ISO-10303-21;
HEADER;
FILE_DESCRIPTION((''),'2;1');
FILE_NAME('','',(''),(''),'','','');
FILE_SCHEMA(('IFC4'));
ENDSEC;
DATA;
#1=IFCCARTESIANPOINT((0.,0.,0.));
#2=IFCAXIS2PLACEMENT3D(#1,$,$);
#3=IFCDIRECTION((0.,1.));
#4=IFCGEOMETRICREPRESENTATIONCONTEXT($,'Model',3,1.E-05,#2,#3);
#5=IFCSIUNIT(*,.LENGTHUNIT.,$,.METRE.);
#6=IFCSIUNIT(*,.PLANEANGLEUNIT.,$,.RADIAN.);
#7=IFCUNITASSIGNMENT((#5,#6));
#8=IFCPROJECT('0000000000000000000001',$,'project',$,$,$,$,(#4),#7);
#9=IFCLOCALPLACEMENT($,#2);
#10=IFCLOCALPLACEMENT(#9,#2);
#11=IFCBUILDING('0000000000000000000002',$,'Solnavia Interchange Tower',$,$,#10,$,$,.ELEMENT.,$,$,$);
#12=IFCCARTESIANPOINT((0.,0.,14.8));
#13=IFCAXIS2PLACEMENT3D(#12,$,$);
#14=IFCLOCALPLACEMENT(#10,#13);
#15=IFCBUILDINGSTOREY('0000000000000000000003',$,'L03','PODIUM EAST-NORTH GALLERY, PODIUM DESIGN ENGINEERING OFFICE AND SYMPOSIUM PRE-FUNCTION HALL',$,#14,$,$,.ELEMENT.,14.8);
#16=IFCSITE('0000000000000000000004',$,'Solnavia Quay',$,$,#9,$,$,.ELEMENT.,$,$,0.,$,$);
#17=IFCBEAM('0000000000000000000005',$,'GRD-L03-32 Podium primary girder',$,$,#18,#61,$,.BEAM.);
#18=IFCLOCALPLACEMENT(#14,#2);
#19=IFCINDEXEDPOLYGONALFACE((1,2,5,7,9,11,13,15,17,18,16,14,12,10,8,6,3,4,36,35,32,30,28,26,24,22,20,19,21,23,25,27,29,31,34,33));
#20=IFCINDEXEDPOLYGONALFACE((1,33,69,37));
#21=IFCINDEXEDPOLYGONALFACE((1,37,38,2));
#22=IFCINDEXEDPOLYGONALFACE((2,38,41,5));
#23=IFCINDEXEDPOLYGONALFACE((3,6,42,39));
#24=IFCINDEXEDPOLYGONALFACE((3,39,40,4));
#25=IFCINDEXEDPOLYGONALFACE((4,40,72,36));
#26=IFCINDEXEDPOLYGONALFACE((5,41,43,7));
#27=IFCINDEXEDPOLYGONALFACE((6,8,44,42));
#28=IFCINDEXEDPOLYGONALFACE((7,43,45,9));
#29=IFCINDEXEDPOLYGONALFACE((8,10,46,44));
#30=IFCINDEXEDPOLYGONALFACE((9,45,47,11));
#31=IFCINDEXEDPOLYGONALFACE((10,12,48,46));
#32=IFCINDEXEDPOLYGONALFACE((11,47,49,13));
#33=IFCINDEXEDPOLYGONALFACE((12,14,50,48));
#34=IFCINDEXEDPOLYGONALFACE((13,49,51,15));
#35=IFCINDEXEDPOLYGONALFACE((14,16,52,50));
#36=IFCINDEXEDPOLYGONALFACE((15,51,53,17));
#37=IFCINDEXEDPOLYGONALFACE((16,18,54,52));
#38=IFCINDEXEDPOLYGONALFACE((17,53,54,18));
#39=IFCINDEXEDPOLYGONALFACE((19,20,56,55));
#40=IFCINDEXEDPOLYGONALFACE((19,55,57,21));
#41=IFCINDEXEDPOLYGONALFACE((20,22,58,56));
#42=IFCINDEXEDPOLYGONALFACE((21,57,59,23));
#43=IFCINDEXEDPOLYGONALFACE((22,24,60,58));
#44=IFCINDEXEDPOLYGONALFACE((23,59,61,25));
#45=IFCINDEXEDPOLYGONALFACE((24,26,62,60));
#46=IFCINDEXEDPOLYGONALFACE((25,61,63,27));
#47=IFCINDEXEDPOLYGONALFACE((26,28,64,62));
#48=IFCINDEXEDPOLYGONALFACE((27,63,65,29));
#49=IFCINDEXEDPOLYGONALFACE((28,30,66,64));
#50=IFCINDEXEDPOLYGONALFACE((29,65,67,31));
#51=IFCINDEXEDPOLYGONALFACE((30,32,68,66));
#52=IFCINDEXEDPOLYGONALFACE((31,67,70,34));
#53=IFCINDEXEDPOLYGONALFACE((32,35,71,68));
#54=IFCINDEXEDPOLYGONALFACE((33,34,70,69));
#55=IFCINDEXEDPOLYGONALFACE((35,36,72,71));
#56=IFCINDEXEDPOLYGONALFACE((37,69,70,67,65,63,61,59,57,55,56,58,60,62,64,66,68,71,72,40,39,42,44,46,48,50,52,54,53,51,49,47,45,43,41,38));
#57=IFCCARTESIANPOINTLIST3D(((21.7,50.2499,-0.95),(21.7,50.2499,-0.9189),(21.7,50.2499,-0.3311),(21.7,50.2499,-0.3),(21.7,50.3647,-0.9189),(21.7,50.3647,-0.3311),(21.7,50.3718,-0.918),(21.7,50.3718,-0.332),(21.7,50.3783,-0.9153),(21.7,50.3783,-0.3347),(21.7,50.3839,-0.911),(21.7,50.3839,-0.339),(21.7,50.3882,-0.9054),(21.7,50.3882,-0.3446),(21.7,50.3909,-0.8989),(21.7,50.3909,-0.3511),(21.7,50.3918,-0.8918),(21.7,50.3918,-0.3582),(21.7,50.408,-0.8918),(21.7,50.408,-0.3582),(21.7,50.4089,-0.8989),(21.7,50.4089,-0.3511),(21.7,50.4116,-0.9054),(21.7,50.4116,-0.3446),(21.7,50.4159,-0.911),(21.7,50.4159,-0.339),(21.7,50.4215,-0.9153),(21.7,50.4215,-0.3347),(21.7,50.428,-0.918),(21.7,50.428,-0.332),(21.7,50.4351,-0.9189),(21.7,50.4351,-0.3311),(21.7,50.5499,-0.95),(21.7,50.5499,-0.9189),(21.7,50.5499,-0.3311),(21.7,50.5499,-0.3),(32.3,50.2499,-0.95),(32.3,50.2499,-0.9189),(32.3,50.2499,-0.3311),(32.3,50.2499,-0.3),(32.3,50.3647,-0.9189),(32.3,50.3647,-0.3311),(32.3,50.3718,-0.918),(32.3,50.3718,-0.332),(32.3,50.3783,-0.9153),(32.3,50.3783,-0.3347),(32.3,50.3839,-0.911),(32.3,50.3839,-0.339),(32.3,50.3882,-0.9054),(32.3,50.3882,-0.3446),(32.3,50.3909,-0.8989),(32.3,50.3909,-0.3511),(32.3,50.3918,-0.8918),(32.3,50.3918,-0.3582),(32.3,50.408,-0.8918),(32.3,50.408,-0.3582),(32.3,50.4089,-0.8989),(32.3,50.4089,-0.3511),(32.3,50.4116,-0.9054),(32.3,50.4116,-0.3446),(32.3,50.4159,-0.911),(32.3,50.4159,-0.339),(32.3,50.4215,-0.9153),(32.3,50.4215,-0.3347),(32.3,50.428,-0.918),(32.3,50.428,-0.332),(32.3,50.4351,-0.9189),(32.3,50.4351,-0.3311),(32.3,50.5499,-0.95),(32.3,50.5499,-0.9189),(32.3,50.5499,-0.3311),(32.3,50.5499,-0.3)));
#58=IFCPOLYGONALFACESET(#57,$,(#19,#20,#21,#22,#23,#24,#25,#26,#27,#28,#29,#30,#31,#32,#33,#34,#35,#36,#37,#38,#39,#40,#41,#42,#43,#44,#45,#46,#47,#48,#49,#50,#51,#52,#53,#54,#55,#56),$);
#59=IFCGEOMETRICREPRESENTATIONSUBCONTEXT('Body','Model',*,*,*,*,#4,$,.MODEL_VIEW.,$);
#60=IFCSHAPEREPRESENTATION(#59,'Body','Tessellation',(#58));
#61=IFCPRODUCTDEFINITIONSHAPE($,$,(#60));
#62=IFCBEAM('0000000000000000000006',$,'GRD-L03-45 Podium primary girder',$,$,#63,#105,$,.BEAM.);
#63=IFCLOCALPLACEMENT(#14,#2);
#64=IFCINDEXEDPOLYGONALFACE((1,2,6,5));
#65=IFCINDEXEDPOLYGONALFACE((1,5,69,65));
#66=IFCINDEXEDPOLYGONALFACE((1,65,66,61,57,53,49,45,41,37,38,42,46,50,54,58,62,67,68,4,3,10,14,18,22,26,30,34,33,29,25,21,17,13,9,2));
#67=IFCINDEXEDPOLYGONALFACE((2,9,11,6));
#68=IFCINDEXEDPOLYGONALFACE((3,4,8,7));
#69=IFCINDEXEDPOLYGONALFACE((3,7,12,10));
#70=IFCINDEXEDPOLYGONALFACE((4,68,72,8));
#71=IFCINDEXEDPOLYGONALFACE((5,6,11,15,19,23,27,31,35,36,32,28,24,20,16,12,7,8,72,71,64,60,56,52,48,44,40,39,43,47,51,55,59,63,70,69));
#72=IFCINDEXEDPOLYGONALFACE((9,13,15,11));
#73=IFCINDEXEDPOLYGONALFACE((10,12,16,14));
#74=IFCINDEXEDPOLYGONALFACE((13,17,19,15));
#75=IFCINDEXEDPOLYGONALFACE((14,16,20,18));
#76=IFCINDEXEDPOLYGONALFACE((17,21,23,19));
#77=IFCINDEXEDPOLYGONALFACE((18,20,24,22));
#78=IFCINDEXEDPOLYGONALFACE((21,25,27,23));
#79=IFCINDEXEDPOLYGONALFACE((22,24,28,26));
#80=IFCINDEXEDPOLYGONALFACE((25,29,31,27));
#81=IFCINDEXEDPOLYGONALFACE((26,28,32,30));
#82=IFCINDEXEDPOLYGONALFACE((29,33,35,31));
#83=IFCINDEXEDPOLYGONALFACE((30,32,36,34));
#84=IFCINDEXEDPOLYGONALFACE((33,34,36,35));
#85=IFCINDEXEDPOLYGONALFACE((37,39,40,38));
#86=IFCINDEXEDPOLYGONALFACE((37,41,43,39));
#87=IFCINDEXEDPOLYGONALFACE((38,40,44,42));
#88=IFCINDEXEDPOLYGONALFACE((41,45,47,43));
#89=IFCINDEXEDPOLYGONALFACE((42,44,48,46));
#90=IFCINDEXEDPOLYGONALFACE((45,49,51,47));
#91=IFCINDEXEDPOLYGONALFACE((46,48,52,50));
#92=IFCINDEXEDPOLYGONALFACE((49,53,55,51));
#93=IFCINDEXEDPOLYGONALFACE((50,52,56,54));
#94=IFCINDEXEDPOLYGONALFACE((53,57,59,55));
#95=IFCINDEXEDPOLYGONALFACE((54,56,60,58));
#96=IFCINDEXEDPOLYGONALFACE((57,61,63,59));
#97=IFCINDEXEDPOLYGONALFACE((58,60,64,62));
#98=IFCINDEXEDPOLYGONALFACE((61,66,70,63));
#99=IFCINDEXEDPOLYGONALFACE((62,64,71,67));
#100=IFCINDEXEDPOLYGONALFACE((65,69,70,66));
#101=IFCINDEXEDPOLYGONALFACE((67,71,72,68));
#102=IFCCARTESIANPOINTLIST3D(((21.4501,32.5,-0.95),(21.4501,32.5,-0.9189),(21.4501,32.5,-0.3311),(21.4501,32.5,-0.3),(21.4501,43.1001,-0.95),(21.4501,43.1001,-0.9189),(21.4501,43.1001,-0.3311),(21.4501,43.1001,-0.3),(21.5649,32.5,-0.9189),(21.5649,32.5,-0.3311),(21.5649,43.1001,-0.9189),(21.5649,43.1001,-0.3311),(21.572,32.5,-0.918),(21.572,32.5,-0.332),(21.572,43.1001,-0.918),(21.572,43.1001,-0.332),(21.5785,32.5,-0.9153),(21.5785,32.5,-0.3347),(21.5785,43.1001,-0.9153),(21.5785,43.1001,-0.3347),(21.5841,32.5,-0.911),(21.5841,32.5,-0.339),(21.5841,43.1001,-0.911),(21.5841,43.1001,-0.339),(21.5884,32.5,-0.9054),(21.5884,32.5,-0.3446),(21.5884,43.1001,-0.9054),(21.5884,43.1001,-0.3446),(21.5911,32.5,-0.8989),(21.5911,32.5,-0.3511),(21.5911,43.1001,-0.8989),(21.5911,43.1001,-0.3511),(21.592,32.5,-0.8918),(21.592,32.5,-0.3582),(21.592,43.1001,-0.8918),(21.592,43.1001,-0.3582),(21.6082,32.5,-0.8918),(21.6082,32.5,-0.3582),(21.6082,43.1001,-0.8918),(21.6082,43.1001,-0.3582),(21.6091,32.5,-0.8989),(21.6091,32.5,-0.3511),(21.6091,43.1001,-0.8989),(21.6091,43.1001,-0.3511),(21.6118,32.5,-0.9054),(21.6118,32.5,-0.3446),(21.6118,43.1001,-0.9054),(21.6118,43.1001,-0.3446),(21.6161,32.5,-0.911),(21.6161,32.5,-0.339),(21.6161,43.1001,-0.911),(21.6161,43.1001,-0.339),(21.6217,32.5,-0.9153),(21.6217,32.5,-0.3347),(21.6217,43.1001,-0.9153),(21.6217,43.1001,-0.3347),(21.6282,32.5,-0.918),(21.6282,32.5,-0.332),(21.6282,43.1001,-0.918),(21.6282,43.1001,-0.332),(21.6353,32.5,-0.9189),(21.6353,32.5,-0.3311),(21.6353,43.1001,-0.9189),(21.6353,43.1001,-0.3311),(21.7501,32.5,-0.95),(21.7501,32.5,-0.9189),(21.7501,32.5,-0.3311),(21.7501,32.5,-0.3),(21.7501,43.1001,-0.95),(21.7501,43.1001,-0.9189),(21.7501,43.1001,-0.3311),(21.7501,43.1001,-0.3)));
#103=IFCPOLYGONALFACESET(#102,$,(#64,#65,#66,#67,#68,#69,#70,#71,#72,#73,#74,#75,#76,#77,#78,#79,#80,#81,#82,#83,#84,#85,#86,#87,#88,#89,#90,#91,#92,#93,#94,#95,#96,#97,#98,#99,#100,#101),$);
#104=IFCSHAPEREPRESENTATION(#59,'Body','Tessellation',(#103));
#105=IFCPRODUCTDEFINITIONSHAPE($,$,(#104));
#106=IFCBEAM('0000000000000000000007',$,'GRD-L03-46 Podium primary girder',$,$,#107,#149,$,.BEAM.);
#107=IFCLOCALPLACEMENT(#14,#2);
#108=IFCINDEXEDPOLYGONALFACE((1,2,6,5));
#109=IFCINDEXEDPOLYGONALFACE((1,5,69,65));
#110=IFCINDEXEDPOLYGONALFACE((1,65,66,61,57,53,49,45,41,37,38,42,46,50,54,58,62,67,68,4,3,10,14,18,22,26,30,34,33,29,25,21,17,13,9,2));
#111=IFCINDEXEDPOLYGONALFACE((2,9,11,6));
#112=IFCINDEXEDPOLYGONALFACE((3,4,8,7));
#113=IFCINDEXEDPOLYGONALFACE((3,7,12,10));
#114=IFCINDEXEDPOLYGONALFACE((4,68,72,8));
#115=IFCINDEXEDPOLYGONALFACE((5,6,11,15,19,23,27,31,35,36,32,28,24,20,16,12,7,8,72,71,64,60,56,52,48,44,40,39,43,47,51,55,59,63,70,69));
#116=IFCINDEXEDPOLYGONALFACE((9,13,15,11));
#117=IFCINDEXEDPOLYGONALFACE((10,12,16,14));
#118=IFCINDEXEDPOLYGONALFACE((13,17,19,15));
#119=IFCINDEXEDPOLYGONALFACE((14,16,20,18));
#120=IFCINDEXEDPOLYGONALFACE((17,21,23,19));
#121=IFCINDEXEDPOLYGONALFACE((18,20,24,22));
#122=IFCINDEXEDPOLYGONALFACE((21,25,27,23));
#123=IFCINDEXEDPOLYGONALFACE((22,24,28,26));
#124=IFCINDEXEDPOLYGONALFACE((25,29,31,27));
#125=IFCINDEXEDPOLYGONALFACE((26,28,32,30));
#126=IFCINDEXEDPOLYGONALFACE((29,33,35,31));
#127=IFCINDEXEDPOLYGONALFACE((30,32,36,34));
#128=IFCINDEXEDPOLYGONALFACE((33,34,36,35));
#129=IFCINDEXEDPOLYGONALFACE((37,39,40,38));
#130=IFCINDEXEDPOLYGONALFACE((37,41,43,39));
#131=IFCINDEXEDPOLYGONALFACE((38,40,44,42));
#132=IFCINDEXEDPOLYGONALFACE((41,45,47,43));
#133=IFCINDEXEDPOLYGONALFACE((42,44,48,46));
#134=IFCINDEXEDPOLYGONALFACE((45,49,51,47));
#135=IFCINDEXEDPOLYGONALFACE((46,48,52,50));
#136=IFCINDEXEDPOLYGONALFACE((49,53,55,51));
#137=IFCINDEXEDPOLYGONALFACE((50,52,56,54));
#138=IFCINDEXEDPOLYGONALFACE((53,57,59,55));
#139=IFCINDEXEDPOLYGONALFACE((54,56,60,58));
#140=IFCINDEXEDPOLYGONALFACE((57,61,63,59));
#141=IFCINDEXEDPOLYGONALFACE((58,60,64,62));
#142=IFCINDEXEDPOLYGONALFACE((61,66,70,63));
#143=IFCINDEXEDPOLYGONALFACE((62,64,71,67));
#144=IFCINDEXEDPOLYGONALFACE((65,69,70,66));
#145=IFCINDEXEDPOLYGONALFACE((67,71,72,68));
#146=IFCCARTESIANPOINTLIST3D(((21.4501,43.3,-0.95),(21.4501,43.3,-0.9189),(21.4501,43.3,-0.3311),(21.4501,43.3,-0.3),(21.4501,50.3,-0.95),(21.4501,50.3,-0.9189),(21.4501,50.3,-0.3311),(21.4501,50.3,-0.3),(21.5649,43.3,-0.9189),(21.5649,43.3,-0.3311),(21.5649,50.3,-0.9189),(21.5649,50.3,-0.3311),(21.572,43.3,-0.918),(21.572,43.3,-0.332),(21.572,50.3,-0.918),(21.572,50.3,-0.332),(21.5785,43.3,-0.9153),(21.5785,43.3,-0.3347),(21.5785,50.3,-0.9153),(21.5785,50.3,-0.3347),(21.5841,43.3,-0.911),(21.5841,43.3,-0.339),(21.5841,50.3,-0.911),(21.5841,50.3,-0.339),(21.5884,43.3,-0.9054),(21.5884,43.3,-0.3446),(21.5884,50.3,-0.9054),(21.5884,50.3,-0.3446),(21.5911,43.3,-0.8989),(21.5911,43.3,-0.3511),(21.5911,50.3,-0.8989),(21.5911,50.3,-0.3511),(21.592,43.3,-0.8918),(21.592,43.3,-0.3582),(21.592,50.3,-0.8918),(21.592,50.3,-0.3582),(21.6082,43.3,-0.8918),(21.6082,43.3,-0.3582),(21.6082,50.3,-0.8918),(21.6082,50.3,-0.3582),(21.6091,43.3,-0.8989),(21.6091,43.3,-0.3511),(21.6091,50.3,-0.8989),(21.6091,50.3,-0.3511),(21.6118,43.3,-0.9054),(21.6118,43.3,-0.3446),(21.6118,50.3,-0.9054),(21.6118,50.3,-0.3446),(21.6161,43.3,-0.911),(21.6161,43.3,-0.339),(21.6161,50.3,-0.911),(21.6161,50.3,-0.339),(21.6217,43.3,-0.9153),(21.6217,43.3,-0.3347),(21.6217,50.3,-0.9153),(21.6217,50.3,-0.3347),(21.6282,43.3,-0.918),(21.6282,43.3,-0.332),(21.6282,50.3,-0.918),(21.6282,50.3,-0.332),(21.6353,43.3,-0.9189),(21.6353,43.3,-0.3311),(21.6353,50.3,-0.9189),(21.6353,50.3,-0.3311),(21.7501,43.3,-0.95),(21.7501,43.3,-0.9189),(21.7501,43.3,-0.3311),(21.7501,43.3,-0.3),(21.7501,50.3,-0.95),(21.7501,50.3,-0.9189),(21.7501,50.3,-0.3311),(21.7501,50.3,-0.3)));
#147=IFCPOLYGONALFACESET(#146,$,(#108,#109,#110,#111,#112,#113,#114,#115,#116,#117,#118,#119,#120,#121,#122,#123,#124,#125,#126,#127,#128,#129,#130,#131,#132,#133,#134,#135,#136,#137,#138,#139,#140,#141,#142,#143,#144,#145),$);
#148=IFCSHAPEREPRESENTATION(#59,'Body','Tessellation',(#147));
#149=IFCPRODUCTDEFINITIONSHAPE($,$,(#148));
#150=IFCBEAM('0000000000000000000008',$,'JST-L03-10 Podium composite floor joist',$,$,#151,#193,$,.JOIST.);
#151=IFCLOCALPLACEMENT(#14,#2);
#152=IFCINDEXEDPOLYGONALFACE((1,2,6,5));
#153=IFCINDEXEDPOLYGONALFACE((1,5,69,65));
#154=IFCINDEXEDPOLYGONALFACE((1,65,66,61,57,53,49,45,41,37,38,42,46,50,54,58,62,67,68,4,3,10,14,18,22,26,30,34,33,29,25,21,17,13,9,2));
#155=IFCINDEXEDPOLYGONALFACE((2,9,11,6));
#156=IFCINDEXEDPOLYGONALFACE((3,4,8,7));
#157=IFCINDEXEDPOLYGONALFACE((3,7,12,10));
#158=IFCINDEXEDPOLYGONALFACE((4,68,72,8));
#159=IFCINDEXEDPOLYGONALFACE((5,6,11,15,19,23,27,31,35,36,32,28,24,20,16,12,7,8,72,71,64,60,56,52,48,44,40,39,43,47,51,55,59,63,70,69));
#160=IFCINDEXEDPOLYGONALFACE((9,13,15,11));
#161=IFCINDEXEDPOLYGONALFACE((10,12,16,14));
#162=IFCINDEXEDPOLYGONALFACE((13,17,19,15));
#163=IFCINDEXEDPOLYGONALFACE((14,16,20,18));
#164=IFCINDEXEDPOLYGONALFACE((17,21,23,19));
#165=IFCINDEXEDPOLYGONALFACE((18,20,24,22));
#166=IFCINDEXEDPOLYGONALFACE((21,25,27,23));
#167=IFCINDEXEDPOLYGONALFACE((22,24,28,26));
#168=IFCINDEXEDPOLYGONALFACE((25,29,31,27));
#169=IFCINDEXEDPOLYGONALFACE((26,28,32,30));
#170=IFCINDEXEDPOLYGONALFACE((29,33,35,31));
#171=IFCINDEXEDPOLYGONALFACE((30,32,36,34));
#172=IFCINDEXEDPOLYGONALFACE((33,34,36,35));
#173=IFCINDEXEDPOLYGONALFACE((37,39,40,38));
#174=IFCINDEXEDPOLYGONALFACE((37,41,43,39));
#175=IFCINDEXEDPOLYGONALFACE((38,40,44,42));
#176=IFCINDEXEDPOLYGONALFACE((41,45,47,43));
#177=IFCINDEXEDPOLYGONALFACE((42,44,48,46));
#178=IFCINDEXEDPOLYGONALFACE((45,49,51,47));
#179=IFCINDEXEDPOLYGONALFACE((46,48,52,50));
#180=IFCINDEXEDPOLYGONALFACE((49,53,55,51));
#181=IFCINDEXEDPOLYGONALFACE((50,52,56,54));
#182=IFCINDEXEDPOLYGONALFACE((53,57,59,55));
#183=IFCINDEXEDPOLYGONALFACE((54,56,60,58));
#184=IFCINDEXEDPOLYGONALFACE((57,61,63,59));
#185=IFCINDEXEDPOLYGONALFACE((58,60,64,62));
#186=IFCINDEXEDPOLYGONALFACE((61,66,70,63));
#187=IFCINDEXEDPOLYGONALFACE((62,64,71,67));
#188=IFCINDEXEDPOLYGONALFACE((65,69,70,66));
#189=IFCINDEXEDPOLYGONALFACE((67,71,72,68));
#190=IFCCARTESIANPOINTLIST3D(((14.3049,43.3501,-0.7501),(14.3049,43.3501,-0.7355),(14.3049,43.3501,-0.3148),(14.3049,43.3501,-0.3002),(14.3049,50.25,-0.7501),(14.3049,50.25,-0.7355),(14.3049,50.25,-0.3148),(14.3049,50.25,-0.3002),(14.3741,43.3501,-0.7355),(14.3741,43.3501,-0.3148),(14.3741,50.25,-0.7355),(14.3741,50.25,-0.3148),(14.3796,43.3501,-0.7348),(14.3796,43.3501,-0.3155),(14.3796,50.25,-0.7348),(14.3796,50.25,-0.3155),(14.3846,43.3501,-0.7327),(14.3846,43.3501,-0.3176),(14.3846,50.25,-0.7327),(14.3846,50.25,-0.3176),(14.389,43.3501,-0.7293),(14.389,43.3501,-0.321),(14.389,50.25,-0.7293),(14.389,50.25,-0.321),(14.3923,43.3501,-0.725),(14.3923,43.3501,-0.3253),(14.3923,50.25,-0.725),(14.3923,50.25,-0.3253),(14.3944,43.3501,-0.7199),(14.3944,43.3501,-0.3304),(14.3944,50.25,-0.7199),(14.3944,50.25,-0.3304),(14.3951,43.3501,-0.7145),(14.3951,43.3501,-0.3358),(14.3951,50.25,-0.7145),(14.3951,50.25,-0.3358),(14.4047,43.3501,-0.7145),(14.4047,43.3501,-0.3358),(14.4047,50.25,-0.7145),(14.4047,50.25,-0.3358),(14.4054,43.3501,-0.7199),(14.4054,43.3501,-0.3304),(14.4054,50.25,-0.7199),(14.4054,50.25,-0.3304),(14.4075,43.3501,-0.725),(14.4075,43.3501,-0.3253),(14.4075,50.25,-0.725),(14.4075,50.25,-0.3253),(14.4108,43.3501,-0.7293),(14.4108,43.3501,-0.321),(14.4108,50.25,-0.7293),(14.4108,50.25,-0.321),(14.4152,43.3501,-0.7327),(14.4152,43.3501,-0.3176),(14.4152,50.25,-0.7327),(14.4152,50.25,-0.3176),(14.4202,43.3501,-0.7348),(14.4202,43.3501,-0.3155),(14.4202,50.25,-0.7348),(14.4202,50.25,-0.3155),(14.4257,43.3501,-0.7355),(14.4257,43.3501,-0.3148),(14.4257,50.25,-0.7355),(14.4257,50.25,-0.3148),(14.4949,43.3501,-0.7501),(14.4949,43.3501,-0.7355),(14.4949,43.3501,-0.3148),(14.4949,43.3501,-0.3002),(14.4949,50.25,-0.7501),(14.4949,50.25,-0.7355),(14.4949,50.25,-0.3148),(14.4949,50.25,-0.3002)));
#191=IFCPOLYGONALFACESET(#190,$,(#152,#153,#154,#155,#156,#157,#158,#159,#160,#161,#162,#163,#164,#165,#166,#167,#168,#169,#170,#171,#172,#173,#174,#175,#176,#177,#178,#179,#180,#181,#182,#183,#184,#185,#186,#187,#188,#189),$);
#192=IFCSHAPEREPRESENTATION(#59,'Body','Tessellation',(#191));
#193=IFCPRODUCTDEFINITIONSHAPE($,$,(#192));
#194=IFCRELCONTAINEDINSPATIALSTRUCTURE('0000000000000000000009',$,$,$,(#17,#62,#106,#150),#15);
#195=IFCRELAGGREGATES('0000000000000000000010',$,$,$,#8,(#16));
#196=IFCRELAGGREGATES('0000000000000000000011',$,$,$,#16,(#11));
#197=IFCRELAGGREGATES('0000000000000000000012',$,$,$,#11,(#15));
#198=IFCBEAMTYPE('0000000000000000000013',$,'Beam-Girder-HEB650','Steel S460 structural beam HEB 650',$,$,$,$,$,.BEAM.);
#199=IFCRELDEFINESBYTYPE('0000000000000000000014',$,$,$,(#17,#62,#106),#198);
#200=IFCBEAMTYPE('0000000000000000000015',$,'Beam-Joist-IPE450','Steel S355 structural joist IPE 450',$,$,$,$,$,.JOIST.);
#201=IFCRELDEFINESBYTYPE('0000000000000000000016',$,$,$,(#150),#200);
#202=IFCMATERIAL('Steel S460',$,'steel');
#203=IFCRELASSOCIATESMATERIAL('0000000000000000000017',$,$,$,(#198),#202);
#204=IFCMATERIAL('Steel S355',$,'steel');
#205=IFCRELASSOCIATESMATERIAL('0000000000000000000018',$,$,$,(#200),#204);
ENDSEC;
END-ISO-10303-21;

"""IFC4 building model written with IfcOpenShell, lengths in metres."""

from ifc_helpers import new_model, si_unit, direction, frame, origin, origin_2d, place, context, subcontext, project, spatial, i_section, extrude, material, material_profile, profile_set, type_object, element, save


model = new_model("IFC4")

# Units and contexts
model_context = context("Model", 3, precision=1e-05, world=origin(), true_north=direction((0.0, 1.0)))
body_context = subcontext(model_context, "Body", "Model", "MODEL_VIEW")
ifc_project = project(units=[si_unit("LENGTHUNIT", "METRE"), si_unit("PLANEANGLEUNIT", "RADIAN")], contexts=[model_context])

# Site, building, storey
site_placement = place(None, origin())
site = spatial("IfcSite", under=ifc_project, at=site_placement, Name="Solnavia Quay", CompositionType="ELEMENT", RefElevation=0.0)
building_placement = place(site_placement, origin())
building = spatial("IfcBuilding", under=site, at=building_placement, Name="Solnavia Interchange Tower", CompositionType="ELEMENT")
storey_placement = place(building_placement, frame((0.0, 0.0, 14.8)))
storey = spatial("IfcBuildingStorey", under=building, at=storey_placement, Name="L03", Description="PODIUM EAST-NORTH GALLERY, PODIUM DESIGN ENGINEERING OFFICE AND SYMPOSIUM PRE-FUNCTION HALL", CompositionType="ELEMENT", Elevation=14.8)

# Beams
ifc_material_1 = material(Name="Steel S460", Category="steel")
ifc_material_profile_1 = material_profile(ifc_material_1, i_section(OverallWidth=0.3, OverallDepth=0.6499, WebThickness=0.0161, FlangeThickness=0.031, FilletRadius=0.0271, at=origin_2d()), Name="HEB 650")
ifc_profile_set_1 = profile_set([ifc_material_profile_1], Name="Steel S460")
beam_type_1 = type_object("IfcBeamType", Name="Beam-Girder-HEB650", Description="Steel S460 structural beam HEB 650", PredefinedType="BEAM", material=ifc_profile_set_1)
for number, where, z_axis, x_axis, name in (
    (1, (21.7, 50.3999, -0.625), (1.0, 0.0, 0.0), (0.0, 1.0, 0.0), "GRD-L03-32 Podium primary girder"),
    (2, (21.6001, 32.5, -0.625), (0.0, 1.0, 0.0), (-1.0, 0.0, 0.0), "GRD-L03-45 Podium primary girder"),
):
    element("IfcBeam", number, at=place(storey_placement, frame(where, z_axis=z_axis, x_axis=x_axis)), inside=storey, type_object=beam_type_1, Name=name, PredefinedType="BEAM", context=body_context, shape_type="SweptSolid", body=[
        extrude(i_section(OverallWidth=0.3, OverallDepth=0.6499, WebThickness=0.0161, FlangeThickness=0.031, FilletRadius=0.0271, at=origin_2d()), origin(), (0.0, 0.0, 1.0), 10.6001),
    ])
beam_1_placement = place(storey_placement, frame((21.6001, 43.3, -0.625), z_axis=(0.0, 1.0, 0.0), x_axis=(-1.0, 0.0, 0.0)))
element("IfcBeam", 3, at=beam_1_placement, inside=storey, type_object=beam_type_1, Name="GRD-L03-46 Podium primary girder", PredefinedType="BEAM", context=body_context, shape_type="SweptSolid", body=[
    extrude(i_section(OverallWidth=0.3, OverallDepth=0.6499, WebThickness=0.0161, FlangeThickness=0.031, FilletRadius=0.0271, at=origin_2d()), origin(), (0.0, 0.0, 1.0), 7.0),
])
ifc_material_2 = material(Name="Steel S355", Category="steel")
ifc_material_profile_2 = material_profile(ifc_material_2, i_section(OverallWidth=0.1899, OverallDepth=0.45, WebThickness=0.0095, FlangeThickness=0.0146, FilletRadius=0.021, at=origin_2d()), Name="IPE 450")
ifc_profile_set_2 = profile_set([ifc_material_profile_2], Name="Steel S355")
beam_type_2 = type_object("IfcBeamType", Name="Beam-Joist-IPE450", Description="Steel S355 structural joist IPE 450", PredefinedType="JOIST", material=ifc_profile_set_2)
beam_2_placement = place(storey_placement, frame((14.3999, 43.3501, -0.5251), z_axis=(0.0, 1.0, 0.0), x_axis=(-1.0, 0.0, 0.0)))
element("IfcBeam", 4, at=beam_2_placement, inside=storey, type_object=beam_type_2, Name="JST-L03-10 Podium composite floor joist", PredefinedType="JOIST", context=body_context, shape_type="SweptSolid", body=[
    extrude(i_section(OverallWidth=0.1899, OverallDepth=0.45, WebThickness=0.0095, FlangeThickness=0.0146, FilletRadius=0.021, at=origin_2d()), origin(), (0.0, 0.0, 1.0), 6.8999),
])

save(model, "model.ifc")
